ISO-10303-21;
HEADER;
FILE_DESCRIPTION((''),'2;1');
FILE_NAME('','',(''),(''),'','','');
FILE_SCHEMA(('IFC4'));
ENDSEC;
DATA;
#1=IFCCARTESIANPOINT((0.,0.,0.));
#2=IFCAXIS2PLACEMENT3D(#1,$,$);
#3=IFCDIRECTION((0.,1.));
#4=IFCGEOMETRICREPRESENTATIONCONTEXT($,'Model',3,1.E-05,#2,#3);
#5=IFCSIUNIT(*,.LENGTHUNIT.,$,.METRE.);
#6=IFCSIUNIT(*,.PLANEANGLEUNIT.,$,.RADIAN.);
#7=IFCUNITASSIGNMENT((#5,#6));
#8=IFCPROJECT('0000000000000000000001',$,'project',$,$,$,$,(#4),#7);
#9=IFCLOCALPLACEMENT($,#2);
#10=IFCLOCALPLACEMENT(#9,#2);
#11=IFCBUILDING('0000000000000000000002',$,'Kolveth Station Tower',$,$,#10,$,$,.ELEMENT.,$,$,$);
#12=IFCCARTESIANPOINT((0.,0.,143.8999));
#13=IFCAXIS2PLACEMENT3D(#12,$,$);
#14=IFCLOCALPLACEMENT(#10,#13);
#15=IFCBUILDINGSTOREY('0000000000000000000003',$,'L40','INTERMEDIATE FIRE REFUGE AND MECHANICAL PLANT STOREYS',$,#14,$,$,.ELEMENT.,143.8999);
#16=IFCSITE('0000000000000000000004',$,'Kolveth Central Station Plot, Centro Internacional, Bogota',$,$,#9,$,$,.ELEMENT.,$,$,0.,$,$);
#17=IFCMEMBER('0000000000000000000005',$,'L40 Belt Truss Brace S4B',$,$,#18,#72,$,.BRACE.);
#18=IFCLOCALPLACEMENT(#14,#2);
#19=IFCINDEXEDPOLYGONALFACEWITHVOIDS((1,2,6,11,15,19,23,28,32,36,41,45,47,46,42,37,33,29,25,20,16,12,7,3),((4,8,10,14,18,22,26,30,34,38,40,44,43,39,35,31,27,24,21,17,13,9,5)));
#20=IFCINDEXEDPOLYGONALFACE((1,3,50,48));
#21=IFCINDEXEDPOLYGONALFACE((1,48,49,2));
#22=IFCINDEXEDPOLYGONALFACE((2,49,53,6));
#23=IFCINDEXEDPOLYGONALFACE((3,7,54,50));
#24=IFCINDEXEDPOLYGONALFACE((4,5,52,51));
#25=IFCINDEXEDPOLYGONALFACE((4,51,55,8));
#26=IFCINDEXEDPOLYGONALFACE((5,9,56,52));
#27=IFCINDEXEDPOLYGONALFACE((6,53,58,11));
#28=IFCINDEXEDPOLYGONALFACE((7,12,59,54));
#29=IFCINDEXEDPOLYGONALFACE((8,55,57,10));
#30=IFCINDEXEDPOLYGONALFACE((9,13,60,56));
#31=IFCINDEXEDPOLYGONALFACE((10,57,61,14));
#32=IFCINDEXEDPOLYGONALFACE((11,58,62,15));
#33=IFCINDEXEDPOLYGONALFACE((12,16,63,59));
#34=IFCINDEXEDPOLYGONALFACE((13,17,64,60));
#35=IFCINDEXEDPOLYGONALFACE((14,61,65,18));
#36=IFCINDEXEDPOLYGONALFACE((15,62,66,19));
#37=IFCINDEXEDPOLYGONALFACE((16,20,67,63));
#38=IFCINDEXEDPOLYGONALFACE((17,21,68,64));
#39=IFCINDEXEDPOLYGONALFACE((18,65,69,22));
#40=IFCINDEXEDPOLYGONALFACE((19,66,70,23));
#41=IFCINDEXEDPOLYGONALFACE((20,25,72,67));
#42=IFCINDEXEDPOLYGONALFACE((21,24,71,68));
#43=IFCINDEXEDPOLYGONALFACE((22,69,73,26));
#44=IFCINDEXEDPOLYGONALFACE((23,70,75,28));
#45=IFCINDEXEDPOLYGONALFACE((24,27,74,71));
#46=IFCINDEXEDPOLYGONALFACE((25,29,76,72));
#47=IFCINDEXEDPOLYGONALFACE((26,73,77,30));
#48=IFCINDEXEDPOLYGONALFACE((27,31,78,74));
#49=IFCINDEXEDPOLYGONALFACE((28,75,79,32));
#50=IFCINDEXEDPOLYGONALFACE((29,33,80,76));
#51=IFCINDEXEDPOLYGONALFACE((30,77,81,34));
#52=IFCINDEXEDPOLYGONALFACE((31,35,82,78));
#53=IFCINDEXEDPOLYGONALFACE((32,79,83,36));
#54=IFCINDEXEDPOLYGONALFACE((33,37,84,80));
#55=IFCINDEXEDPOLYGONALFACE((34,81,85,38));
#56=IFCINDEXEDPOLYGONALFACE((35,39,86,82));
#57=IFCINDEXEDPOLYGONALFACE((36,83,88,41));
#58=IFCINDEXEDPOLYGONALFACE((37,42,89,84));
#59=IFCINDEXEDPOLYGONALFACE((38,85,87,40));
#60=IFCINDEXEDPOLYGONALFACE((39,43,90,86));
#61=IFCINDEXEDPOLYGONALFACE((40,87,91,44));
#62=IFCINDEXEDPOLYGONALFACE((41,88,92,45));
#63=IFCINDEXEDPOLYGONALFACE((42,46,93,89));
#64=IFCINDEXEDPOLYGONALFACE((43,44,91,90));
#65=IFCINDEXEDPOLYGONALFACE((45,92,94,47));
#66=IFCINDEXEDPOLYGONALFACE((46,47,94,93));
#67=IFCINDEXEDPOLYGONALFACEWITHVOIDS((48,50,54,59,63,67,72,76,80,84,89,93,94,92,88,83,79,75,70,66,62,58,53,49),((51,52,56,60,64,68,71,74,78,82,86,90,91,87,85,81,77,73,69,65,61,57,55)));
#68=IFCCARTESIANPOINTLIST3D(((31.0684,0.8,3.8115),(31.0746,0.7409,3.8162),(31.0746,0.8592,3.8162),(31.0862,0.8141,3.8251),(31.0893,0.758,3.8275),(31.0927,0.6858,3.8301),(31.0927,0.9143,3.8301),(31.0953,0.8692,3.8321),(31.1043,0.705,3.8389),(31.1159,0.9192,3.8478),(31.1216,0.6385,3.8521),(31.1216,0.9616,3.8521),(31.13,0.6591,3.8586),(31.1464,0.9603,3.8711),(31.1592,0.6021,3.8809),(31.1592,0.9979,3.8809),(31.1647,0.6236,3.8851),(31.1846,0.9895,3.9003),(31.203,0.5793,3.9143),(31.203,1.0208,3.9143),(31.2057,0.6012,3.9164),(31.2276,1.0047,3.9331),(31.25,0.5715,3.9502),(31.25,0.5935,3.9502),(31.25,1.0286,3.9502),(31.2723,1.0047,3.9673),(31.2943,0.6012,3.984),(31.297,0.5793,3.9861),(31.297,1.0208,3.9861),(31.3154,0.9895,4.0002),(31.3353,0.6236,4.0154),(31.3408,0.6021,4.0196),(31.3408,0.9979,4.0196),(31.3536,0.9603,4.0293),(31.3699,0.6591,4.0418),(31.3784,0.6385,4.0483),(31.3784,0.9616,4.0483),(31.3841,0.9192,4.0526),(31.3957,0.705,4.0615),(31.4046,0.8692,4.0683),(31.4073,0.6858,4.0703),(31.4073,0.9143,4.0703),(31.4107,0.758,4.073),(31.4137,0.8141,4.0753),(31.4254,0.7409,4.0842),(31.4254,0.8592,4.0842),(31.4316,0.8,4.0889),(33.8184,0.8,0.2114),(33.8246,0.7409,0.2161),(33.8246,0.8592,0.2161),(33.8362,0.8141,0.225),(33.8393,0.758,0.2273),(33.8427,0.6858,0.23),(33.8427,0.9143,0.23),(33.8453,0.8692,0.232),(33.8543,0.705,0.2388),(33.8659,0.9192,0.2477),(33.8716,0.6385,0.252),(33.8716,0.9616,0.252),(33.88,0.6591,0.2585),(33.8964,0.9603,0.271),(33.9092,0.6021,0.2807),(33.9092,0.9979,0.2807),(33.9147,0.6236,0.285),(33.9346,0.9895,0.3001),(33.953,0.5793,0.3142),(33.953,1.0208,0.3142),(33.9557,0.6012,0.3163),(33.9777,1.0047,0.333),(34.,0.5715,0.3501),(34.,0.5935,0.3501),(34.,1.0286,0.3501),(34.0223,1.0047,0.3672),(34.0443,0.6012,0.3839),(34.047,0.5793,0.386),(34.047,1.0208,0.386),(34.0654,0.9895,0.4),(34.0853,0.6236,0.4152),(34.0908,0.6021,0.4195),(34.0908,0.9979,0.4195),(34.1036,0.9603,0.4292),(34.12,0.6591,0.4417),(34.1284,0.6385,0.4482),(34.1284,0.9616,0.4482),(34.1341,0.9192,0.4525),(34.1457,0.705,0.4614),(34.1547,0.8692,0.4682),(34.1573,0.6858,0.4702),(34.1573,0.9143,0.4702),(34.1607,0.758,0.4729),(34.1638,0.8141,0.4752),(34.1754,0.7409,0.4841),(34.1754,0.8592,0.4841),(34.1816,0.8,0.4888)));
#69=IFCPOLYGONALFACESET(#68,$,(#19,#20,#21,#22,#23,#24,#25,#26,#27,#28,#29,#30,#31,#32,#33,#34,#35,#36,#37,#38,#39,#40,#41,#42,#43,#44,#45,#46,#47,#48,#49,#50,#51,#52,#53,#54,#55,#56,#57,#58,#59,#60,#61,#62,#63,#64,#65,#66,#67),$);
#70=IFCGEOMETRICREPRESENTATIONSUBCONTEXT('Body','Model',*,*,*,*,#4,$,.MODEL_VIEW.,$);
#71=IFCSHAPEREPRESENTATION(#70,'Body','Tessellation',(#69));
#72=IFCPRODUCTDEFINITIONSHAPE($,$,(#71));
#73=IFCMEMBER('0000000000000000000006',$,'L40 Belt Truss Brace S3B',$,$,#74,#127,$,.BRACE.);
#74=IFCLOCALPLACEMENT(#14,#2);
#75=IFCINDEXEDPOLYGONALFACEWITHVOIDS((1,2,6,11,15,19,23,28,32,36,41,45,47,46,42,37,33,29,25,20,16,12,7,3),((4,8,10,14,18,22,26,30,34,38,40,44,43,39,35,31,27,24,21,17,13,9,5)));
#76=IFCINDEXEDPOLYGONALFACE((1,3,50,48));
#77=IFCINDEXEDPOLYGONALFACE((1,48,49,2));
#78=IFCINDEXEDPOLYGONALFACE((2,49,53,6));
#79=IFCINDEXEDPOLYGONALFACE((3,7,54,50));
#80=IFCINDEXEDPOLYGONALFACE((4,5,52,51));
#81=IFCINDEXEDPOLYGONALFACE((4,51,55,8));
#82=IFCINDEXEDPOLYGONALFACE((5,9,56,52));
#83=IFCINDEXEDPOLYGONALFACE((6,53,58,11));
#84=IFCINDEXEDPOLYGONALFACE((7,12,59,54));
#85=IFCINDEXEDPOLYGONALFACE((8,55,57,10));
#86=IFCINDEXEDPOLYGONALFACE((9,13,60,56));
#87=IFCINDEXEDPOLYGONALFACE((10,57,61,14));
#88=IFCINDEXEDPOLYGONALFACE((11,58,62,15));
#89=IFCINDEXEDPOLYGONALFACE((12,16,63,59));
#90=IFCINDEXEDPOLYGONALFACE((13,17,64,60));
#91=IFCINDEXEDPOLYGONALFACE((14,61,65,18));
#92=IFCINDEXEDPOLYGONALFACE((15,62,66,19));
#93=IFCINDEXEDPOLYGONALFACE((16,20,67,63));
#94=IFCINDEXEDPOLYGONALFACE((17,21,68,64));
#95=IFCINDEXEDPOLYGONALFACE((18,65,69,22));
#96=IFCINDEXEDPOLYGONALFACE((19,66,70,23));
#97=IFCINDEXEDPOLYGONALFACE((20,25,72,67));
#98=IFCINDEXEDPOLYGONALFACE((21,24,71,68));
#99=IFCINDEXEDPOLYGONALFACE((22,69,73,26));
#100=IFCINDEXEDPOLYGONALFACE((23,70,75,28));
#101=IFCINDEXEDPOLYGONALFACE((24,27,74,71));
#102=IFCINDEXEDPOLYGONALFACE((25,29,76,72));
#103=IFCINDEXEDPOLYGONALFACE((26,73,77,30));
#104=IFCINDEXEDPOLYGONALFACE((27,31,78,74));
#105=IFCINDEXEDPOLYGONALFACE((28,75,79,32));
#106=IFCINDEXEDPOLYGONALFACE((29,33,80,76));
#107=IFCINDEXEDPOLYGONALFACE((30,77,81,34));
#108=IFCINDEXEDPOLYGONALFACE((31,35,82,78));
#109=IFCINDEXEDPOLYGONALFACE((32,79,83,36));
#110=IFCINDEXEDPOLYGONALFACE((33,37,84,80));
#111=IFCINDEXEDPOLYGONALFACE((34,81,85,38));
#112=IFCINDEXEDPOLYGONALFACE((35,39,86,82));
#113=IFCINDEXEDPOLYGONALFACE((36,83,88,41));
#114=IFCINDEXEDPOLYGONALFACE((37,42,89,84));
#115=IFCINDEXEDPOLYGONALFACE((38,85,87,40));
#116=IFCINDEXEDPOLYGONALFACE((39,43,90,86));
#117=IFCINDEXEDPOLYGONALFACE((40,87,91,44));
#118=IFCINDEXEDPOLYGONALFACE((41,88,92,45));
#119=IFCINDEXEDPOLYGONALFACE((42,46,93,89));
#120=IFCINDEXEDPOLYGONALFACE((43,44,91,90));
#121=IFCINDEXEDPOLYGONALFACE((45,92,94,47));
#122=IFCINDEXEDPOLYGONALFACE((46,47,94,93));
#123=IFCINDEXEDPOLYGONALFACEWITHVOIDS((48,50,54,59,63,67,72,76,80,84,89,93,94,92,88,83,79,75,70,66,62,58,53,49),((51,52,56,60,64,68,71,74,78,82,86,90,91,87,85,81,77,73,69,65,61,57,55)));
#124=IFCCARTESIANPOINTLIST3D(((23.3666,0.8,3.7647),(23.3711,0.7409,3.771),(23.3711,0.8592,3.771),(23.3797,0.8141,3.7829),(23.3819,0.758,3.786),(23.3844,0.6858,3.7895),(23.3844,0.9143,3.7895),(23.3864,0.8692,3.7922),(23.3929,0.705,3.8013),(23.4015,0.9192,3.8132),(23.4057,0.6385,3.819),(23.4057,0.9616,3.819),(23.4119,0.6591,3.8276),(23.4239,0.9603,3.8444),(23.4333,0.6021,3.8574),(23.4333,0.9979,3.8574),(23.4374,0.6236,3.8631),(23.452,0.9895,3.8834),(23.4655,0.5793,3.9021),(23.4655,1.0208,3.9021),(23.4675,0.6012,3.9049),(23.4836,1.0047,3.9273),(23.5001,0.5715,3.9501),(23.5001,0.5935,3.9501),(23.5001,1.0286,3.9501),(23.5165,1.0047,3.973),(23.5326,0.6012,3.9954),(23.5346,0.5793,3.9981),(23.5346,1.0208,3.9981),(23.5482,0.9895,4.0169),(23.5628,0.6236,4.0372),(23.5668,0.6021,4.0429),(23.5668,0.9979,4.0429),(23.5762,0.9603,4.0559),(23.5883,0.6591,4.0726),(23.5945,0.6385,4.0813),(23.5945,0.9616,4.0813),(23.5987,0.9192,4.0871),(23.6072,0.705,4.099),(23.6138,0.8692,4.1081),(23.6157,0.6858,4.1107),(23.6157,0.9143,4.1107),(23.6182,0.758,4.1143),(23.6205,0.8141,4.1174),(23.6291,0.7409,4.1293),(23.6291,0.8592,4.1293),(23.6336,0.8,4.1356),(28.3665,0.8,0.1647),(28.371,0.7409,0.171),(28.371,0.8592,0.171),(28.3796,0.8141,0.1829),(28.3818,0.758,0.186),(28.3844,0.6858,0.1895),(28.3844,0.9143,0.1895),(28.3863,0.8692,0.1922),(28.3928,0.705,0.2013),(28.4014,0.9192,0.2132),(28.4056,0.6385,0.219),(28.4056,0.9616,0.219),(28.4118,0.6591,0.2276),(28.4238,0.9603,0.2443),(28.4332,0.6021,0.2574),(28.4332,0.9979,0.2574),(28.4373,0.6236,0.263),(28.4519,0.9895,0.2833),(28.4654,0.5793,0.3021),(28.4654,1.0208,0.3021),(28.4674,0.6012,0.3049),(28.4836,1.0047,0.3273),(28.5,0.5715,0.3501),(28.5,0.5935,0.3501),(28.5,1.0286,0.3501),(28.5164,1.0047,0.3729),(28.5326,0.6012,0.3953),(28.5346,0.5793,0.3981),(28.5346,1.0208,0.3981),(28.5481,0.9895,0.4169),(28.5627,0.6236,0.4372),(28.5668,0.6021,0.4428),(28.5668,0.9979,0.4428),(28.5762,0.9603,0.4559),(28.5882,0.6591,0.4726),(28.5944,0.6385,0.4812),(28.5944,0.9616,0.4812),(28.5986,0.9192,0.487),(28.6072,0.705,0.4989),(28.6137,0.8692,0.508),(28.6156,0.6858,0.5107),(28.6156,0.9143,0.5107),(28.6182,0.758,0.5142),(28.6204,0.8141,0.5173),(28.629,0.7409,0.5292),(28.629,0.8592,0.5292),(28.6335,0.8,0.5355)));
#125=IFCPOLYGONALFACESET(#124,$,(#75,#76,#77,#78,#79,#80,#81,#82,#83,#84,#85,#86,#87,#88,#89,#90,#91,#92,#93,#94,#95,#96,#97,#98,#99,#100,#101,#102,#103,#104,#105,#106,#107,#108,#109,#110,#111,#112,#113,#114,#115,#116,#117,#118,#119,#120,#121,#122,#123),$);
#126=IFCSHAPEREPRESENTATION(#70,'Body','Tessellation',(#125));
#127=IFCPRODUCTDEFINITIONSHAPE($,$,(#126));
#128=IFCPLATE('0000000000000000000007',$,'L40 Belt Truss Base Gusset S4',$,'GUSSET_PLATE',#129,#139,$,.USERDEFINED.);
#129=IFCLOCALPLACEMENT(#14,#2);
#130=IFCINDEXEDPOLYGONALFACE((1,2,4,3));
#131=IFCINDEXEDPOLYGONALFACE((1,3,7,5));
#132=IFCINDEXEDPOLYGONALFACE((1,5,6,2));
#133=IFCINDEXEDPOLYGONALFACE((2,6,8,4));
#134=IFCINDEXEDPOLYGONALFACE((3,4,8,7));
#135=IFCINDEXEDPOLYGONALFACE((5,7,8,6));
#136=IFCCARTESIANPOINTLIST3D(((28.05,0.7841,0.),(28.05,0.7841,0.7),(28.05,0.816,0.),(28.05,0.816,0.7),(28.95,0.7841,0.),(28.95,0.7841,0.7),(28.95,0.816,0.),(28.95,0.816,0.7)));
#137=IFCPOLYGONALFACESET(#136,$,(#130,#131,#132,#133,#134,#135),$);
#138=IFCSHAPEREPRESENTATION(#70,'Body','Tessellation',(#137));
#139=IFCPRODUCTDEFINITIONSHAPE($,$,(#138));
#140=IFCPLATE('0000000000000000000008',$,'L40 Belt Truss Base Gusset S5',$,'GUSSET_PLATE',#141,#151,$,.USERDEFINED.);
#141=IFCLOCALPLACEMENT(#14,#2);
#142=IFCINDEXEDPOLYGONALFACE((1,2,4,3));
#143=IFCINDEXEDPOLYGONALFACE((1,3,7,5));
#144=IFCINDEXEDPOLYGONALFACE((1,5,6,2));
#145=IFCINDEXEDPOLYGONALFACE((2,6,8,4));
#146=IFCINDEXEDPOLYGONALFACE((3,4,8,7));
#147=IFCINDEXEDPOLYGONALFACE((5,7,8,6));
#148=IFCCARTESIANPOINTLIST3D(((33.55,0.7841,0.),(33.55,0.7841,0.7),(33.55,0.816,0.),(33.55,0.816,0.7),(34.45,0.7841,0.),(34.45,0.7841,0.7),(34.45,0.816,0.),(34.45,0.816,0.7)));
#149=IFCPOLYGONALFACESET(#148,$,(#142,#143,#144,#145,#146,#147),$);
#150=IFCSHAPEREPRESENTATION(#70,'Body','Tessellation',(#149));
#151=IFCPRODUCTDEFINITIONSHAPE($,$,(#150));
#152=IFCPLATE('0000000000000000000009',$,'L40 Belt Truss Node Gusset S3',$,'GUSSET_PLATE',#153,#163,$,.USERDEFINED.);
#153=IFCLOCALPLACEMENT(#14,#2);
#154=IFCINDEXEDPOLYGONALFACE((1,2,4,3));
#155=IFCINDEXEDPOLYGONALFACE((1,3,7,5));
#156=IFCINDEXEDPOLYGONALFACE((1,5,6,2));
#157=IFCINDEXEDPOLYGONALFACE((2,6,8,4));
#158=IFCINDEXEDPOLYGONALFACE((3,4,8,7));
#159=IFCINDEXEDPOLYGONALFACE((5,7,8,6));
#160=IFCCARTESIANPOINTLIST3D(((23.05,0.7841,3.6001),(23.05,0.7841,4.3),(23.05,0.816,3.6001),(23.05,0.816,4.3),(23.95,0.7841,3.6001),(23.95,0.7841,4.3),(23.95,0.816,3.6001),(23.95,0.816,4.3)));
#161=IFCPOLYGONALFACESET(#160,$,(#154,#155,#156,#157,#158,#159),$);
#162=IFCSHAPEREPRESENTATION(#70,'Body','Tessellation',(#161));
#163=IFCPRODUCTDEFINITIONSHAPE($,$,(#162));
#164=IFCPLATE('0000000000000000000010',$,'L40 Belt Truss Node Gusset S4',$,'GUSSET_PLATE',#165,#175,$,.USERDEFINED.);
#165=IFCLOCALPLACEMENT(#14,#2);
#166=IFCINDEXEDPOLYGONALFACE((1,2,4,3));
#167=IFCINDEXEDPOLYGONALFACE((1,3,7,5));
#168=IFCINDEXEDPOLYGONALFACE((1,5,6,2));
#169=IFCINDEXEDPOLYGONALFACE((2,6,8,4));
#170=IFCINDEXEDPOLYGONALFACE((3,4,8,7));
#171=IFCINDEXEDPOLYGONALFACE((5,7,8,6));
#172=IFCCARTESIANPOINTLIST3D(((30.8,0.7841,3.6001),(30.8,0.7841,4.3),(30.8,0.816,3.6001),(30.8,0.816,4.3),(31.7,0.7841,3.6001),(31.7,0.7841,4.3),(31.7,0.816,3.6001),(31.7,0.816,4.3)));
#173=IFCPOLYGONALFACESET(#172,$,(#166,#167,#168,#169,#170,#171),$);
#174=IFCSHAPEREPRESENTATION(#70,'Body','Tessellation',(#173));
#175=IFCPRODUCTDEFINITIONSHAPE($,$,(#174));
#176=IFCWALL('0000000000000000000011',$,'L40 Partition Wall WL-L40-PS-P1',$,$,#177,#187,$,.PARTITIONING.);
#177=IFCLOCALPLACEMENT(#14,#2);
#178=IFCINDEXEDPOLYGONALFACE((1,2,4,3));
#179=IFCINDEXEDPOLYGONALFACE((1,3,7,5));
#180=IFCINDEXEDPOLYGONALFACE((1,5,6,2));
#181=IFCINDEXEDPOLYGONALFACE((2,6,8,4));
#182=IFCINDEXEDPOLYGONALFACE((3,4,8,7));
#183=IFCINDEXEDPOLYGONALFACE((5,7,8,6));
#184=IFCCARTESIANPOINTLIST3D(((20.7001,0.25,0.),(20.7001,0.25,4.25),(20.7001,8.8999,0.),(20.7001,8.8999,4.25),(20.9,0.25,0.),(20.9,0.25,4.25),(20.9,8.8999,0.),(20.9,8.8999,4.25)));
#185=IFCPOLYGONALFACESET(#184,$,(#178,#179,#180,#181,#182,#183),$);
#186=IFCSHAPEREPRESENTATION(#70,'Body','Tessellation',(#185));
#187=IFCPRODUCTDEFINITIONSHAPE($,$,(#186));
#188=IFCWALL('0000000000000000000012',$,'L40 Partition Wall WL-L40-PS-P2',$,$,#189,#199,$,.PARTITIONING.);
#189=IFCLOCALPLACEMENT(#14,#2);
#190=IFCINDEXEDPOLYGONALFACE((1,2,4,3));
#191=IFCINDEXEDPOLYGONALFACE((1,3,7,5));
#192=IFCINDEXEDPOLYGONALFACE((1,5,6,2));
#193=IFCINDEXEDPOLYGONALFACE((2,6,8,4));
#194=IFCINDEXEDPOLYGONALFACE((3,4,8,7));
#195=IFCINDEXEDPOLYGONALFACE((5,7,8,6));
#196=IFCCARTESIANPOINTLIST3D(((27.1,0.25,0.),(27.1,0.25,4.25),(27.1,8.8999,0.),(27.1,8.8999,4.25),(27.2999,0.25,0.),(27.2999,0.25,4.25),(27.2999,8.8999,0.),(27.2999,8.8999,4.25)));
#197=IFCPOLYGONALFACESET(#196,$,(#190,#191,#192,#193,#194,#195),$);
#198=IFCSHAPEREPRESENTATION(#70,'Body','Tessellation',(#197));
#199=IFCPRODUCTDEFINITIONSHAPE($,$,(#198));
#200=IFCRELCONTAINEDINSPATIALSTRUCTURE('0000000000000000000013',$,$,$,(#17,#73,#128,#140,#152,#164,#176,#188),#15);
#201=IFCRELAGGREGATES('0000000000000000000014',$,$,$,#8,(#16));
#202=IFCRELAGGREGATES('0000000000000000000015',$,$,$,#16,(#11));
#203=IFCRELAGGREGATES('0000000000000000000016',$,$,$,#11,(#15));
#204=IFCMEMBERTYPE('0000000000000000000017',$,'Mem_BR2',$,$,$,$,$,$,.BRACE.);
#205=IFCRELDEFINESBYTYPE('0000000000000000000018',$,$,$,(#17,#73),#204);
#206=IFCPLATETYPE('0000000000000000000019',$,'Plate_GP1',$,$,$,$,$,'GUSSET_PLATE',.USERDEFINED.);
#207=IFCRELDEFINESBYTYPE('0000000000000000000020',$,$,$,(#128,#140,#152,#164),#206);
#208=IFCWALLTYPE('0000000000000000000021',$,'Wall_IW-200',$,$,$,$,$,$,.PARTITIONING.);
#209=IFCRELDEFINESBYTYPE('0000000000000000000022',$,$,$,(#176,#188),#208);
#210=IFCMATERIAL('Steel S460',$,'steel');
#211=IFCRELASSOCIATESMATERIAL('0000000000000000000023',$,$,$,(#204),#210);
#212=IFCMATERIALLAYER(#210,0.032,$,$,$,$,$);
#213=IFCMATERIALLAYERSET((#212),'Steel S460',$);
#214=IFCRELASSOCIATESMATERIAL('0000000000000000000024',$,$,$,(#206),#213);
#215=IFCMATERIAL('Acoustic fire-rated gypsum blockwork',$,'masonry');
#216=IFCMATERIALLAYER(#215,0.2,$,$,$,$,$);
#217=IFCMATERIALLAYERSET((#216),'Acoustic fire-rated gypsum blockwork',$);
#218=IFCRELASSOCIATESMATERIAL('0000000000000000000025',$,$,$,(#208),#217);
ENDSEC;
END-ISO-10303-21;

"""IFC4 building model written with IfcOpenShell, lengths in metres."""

from ifc_helpers import new_model, si_unit, direction, frame, frame_2d, origin, origin_2d, place, context, subcontext, project, spatial, rectangle, hollow_circle, extrude, source, transform, mapped, material, layer, layer_set, material_profile, profile_set, type_object, element, save


model = new_model("IFC4")

# Units and contexts
model_context = context("Model", 3, precision=1e-05, world=origin(), true_north=direction((0.0, 1.0)))
body_context = subcontext(model_context, "Body", "Model", "MODEL_VIEW")
ifc_project = project(units=[si_unit("LENGTHUNIT", "METRE"), si_unit("PLANEANGLEUNIT", "RADIAN")], contexts=[model_context])

# Site, building, storey
site_placement = place(None, origin())
site = spatial("IfcSite", under=ifc_project, at=site_placement, Name="Kolveth Central Station Plot, Centro Internacional, Bogota", CompositionType="ELEMENT", RefElevation=0.0)
building_placement = place(site_placement, origin())
building = spatial("IfcBuilding", under=site, at=building_placement, Name="Kolveth Station Tower", CompositionType="ELEMENT")
storey_placement = place(building_placement, frame((0.0, 0.0, 143.8999)))
storey = spatial("IfcBuildingStorey", under=building, at=storey_placement, Name="L40", Description="INTERMEDIATE FIRE REFUGE AND MECHANICAL PLANT STOREYS", CompositionType="ELEMENT", Elevation=143.8999)

# Shared definitions
ifc_material_1 = material(Name="Steel S460", Category="steel")

# Members
ifc_material_profile_1 = material_profile(ifc_material_1, hollow_circle(Radius=0.2285, WallThickness=0.022, at=origin_2d()), Name="CHS457x22")
ifc_profile_set_1 = profile_set([ifc_material_profile_1], Name="Steel S460")
member_type_1 = type_object("IfcMemberType", Name="Mem_BR2", PredefinedType="BRACE", material=ifc_profile_set_1)
shared_shape_1 = source(origin(), body_context, "Body", "SweptSolid", [
    extrude(hollow_circle(Radius=0.2285, WallThickness=0.022, at=origin_2d()), origin(), (0.0, 0.0, 1.0), 4.5303),
])
for number, where, z_axis, x_axis, name in (
    (1, (34.0, 0.8, 0.3501), (-0.60703, 0.0, 0.794679), (0.0, -1.0, 0.0), "L40 Belt Truss Brace S4B"),
):
    element("IfcMember", number, at=place(storey_placement, frame(where, z_axis=z_axis, x_axis=x_axis)), inside=storey, type_object=member_type_1, Name=name, PredefinedType="BRACE", context=body_context, shape_type="MappedRepresentation", body=[
        mapped(shared_shape_1, transform((0.0, 0.0, 0.0), x_axis=(1.0, 0.0, 0.0), y_axis=(0.0, 1.0, 0.0), z_axis=(0.0, 0.0, 1.0), scale=1.0)),
    ])
shared_shape_2 = source(origin(), body_context, "Body", "SweptSolid", [
    extrude(hollow_circle(Radius=0.2285, WallThickness=0.022, at=origin_2d()), origin(), (0.0, 0.0, 1.0), 6.1611),
])
member_1_placement = place(storey_placement, frame((28.5, 0.8, 0.3501), z_axis=(-0.811527, 0.0, 0.584315), x_axis=(0.0, -1.0, 0.0)))
element("IfcMember", 2, at=member_1_placement, inside=storey, type_object=member_type_1, Name="L40 Belt Truss Brace S3B", PredefinedType="BRACE", context=body_context, shape_type="MappedRepresentation", body=[
    mapped(shared_shape_2, transform((0.0, 0.0, 0.0), x_axis=(1.0, 0.0, 0.0), y_axis=(0.0, 1.0, 0.0), z_axis=(0.0, 0.0, 1.0), scale=1.0)),
])

# Plates
ifc_layer_1 = layer(ifc_material_1, 0.032)
ifc_layer_set_1 = layer_set([ifc_layer_1], Name="Steel S460")
plate_type = type_object("IfcPlateType", Name="Plate_GP1", ElementType="GUSSET_PLATE", PredefinedType="USERDEFINED", material=ifc_layer_set_1)
shared_shape_3 = source(origin(), body_context, "Body", "SweptSolid", [
    extrude(rectangle(XDim=0.8999, YDim=0.032, at=origin_2d()), origin(), (0.0, 0.0, 1.0), 0.7),
])
for number, where, z_axis, x_axis, name in (
    (3, (28.5, 0.8, 0.0), (0.0, 0.0, 1.0), (1.0, 0.0, 0.0), "L40 Belt Truss Base Gusset S4"),
    (4, (34.0, 0.8, 0.0), (0.0, 0.0, 1.0), (1.0, 0.0, 0.0), "L40 Belt Truss Base Gusset S5"),
    (5, (23.5, 0.8, 3.6001), (0.0, 0.0, 1.0), (1.0, 0.0, 0.0), "L40 Belt Truss Node Gusset S3"),
    (6, (31.25, 0.8, 3.6001), (0.0, 0.0, 1.0), (1.0, 0.0, 0.0), "L40 Belt Truss Node Gusset S4"),
):
    element("IfcPlate", number, at=place(storey_placement, frame(where, z_axis=z_axis, x_axis=x_axis)), inside=storey, type_object=plate_type, Name=name, ObjectType="GUSSET_PLATE", PredefinedType="USERDEFINED", context=body_context, shape_type="MappedRepresentation", body=[
        mapped(shared_shape_3, transform((0.0, 0.0, 0.0), x_axis=(1.0, 0.0, 0.0), y_axis=(0.0, 1.0, 0.0), z_axis=(0.0, 0.0, 1.0), scale=1.0)),
    ])

# Walls
ifc_material_2 = material(Name="Acoustic fire-rated gypsum blockwork", Category="masonry")
ifc_layer_2 = layer(ifc_material_2, 0.2)
ifc_layer_set_2 = layer_set([ifc_layer_2], Name="Acoustic fire-rated gypsum blockwork")
wall_type = type_object("IfcWallType", Name="Wall_IW-200", PredefinedType="PARTITIONING", material=ifc_layer_set_2)
for number, where, z_axis, x_axis, name in (
    (7, (20.8, 0.25, 0.0), (0.0, 0.0, 1.0), (0.0, 1.0, 0.0), "L40 Partition Wall WL-L40-PS-P1"),
    (8, (27.2, 0.25, 0.0), (0.0, 0.0, 1.0), (0.0, 1.0, 0.0), "L40 Partition Wall WL-L40-PS-P2"),
):
    element("IfcWall", number, at=place(storey_placement, frame(where, z_axis=z_axis, x_axis=x_axis)), inside=storey, type_object=wall_type, Name=name, PredefinedType="PARTITIONING", context=body_context, shape_type="SweptSolid", body=[
        extrude(rectangle(XDim=8.6499, YDim=0.2, at=frame_2d((4.325, 0.0))), origin(), (0.0, 0.0, 1.0), 4.25),
    ])

save(model, "model.ifc")
